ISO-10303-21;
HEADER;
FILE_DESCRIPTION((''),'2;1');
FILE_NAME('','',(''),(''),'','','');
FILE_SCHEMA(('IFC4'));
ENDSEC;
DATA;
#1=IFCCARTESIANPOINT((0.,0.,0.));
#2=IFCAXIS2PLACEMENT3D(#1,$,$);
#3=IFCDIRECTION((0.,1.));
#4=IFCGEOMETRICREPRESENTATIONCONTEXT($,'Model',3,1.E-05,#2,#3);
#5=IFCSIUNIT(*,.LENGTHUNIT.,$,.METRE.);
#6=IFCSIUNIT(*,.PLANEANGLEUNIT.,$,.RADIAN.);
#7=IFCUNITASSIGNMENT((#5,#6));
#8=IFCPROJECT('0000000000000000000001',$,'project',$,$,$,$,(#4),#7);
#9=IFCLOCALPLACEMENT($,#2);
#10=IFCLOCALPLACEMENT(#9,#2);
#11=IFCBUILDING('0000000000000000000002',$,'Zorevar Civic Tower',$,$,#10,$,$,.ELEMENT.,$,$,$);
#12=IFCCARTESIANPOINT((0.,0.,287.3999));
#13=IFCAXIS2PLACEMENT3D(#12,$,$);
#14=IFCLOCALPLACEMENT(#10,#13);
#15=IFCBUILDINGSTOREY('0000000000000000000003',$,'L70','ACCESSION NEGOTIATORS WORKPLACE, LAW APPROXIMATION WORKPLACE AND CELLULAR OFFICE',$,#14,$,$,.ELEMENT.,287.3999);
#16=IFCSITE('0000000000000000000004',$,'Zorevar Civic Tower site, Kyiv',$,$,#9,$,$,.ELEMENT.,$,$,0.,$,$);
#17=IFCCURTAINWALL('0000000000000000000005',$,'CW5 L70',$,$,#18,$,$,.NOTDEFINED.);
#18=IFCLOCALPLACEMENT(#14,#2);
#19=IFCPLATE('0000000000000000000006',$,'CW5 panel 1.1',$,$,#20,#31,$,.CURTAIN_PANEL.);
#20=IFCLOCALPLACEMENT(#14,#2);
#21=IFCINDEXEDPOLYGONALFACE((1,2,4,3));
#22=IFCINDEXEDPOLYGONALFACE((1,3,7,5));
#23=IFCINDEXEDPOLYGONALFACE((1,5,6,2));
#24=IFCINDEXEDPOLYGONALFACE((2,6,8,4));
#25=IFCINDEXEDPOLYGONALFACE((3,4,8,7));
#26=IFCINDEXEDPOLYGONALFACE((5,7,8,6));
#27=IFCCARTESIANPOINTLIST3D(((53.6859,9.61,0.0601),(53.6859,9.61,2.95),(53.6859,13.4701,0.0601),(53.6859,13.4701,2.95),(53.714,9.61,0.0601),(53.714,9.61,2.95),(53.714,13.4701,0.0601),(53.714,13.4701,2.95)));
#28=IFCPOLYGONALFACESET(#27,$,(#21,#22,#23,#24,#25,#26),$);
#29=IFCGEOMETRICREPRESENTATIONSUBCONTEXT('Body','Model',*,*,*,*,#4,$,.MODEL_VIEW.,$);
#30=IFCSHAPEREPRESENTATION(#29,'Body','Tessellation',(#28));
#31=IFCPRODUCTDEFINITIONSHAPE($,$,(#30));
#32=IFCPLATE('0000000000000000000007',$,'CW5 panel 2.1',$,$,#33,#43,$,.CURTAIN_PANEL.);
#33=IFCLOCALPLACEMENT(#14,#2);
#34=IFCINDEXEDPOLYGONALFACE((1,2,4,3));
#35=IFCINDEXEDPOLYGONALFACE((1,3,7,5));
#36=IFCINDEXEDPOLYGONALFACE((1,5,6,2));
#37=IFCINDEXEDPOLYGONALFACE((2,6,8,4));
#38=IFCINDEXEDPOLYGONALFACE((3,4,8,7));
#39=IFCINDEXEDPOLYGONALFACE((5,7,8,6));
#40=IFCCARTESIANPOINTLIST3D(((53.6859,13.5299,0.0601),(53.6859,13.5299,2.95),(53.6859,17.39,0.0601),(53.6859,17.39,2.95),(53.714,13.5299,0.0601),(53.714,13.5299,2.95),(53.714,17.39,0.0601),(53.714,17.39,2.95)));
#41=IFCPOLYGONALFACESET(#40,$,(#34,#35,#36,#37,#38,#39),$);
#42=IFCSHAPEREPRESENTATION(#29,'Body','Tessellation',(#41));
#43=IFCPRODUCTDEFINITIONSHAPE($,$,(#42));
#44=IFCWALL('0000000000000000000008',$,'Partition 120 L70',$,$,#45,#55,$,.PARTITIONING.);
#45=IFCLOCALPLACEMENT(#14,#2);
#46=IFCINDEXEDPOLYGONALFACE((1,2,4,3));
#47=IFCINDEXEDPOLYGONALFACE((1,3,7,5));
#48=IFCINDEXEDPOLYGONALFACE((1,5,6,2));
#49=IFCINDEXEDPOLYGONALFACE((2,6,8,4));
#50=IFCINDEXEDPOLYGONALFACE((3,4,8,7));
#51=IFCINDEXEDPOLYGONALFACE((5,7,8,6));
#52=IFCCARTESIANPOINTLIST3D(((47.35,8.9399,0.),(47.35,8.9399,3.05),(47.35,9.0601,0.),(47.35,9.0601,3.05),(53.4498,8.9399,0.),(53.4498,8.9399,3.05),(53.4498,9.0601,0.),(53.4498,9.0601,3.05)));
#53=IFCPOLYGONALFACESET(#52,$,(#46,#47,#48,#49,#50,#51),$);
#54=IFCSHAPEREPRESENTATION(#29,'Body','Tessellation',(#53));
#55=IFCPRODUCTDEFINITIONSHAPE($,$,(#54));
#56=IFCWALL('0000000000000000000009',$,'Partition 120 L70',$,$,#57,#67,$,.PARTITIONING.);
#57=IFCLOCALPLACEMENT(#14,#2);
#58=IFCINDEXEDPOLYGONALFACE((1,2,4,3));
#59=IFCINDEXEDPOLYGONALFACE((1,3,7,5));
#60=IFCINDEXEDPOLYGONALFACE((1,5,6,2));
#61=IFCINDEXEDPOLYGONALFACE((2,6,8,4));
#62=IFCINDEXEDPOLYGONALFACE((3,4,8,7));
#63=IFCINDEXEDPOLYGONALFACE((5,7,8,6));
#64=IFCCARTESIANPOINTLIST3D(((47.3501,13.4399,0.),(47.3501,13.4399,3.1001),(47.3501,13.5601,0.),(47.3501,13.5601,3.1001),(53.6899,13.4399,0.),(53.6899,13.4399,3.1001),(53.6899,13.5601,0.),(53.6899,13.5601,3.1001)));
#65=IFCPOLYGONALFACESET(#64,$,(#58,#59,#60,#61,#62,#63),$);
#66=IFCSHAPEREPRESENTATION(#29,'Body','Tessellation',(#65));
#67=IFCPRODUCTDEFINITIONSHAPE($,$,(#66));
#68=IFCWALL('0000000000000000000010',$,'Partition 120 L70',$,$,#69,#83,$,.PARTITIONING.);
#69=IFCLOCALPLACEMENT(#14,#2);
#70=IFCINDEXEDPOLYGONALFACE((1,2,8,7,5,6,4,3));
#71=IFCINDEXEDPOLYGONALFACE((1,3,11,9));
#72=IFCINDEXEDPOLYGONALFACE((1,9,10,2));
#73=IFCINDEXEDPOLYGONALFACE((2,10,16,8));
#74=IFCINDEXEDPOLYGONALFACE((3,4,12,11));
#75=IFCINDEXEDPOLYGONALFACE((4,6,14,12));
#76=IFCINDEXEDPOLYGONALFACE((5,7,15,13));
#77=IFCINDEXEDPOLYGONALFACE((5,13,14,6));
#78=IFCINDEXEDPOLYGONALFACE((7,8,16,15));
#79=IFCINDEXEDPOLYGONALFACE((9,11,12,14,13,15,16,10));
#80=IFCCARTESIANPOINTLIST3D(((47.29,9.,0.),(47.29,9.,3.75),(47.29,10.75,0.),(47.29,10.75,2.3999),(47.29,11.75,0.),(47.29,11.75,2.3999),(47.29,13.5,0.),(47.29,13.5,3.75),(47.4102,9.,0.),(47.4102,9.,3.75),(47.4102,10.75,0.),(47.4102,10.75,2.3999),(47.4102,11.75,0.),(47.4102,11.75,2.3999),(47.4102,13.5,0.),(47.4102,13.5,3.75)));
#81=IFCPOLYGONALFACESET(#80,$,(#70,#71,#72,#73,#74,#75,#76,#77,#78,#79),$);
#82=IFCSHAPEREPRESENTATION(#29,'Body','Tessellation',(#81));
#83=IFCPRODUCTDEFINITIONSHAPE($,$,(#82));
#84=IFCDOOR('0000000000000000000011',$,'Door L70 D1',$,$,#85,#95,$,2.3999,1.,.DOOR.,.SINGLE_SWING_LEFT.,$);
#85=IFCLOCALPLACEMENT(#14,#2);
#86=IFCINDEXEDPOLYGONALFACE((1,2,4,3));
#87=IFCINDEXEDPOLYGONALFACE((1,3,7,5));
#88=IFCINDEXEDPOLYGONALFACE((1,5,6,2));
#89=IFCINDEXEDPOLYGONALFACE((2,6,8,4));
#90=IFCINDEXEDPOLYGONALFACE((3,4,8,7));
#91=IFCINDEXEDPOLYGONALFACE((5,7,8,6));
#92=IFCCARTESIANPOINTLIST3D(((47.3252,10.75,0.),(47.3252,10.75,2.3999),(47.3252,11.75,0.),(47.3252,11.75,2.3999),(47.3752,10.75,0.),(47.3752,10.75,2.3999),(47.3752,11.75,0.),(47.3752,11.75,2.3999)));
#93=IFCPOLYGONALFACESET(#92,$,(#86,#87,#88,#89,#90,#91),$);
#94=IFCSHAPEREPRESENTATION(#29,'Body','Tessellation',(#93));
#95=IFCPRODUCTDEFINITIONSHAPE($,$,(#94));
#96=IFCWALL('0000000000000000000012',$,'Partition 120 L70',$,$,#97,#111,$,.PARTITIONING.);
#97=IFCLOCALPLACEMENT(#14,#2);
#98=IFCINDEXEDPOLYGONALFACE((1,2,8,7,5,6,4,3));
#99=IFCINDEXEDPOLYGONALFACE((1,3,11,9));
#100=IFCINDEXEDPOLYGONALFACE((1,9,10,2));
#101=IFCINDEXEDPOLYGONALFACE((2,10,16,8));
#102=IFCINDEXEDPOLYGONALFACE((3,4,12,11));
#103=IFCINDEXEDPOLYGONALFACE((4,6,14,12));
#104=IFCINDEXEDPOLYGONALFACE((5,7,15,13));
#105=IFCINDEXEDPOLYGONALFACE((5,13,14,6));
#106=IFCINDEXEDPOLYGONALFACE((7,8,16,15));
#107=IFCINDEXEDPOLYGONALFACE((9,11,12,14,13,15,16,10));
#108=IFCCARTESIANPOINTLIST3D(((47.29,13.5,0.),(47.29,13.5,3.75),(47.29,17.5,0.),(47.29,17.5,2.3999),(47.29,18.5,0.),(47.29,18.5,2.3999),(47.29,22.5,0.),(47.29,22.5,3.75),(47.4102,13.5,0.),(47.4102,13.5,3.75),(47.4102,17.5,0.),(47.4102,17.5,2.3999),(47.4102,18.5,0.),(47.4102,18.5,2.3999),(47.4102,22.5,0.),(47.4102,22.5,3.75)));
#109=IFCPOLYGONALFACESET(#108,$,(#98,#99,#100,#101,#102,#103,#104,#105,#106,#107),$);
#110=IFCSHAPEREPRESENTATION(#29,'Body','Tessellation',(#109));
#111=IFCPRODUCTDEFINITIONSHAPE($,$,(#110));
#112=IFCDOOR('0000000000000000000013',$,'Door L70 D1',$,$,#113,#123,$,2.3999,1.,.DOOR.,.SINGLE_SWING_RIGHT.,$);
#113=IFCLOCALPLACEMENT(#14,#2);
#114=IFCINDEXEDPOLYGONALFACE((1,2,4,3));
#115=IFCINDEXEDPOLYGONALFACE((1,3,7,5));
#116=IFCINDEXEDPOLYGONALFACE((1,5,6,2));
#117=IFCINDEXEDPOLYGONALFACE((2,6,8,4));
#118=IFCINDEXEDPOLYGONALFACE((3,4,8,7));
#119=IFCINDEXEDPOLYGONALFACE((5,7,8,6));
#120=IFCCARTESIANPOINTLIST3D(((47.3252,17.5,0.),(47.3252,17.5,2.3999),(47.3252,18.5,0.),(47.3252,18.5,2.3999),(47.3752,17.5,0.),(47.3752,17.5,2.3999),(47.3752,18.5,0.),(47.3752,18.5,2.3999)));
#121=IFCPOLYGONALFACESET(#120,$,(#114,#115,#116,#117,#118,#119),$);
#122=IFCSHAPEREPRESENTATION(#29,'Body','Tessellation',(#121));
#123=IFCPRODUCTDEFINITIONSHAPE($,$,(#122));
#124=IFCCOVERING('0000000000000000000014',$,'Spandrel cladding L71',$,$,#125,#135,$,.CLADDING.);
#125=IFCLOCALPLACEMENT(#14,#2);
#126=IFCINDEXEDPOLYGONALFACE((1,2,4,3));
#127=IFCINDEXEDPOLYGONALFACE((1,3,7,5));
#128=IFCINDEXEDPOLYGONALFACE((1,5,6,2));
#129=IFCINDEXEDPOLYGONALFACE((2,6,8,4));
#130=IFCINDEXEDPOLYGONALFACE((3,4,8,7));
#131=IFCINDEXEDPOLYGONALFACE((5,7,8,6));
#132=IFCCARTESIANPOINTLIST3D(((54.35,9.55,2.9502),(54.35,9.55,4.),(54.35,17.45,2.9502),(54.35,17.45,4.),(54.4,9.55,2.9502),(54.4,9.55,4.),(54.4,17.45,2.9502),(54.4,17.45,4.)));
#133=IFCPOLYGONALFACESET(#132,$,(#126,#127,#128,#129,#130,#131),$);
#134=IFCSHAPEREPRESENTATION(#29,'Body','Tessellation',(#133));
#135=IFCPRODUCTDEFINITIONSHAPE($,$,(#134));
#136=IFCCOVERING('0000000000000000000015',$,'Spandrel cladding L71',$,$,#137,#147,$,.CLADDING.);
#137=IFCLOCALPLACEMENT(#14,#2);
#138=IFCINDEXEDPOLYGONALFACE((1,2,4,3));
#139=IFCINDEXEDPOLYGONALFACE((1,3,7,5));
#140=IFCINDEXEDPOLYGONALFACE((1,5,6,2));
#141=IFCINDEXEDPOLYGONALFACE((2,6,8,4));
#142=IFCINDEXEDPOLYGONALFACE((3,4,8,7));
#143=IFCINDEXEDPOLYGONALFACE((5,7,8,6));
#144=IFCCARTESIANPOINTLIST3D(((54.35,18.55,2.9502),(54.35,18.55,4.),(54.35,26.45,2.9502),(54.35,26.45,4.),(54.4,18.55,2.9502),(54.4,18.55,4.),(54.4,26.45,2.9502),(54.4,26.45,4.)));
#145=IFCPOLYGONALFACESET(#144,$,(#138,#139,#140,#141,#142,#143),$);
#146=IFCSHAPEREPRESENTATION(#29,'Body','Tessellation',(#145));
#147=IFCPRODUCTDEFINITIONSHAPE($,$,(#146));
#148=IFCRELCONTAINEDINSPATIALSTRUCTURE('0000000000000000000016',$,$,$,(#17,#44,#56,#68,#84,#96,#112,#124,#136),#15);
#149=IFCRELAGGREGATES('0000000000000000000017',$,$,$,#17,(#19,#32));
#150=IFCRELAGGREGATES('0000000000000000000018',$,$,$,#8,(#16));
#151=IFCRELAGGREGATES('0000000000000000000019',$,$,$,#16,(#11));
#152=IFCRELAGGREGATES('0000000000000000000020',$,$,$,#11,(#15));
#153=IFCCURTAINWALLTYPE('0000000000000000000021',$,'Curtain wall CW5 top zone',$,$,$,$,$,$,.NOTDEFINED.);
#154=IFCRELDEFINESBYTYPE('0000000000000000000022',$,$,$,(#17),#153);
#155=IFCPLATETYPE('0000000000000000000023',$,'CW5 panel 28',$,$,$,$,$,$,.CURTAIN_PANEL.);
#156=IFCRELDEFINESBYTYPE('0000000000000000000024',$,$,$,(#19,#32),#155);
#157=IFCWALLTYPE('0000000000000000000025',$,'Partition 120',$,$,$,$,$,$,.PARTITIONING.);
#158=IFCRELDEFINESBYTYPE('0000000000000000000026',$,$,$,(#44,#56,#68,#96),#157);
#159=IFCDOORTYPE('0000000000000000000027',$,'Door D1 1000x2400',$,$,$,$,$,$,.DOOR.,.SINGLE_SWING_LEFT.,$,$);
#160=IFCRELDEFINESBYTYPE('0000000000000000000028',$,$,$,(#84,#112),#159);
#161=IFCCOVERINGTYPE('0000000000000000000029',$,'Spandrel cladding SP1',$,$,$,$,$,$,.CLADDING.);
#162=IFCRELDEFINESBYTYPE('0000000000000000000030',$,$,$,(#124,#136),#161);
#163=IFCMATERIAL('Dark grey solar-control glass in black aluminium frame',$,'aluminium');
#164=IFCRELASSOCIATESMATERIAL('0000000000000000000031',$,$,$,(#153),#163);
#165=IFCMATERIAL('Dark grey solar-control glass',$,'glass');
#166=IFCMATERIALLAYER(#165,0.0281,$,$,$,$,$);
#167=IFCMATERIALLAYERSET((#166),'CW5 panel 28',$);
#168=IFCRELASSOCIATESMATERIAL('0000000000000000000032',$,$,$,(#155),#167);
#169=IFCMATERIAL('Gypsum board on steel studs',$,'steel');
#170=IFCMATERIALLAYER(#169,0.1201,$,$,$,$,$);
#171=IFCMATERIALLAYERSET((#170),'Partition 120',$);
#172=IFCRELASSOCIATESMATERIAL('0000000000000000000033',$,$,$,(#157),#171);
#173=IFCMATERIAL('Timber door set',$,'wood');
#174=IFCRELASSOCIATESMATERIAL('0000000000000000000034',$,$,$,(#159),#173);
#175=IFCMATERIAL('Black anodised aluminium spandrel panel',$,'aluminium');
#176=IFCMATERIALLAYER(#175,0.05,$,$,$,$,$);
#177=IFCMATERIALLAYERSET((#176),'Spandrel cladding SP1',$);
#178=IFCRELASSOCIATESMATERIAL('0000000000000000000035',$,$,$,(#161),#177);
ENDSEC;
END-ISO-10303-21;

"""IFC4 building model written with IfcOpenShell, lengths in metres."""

from ifc_helpers import new_model, si_unit, direction, frame, frame_2d, origin, origin_2d, place, context, subcontext, project, spatial, rectangle, extrude, material, layer, layer_set, type_object, element, fill, aggregate, save


model = new_model("IFC4")

# Units and contexts
model_context = context("Model", 3, precision=1e-05, world=origin(), true_north=direction((0.0, 1.0)))
body_context = subcontext(model_context, "Body", "Model", "MODEL_VIEW")
ifc_project = project(units=[si_unit("LENGTHUNIT", "METRE"), si_unit("PLANEANGLEUNIT", "RADIAN")], contexts=[model_context])

# Site, building, storey
site_placement = place(None, origin())
site = spatial("IfcSite", under=ifc_project, at=site_placement, Name="Zorevar Civic Tower site, Kyiv", CompositionType="ELEMENT", RefElevation=0.0)
building_placement = place(site_placement, origin())
building = spatial("IfcBuilding", under=site, at=building_placement, Name="Zorevar Civic Tower", CompositionType="ELEMENT")
storey_placement = place(building_placement, frame((0.0, 0.0, 287.3999)))
storey = spatial("IfcBuildingStorey", under=building, at=storey_placement, Name="L70", Description="ACCESSION NEGOTIATORS WORKPLACE, LAW APPROXIMATION WORKPLACE AND CELLULAR OFFICE", CompositionType="ELEMENT", Elevation=287.3999)

# Curtain wall
ifc_material_1 = material(Name="Dark grey solar-control glass in black aluminium frame", Category="aluminium")
curtain_wall_type = type_object("IfcCurtainWallType", Name="Curtain wall CW5 top zone", PredefinedType="NOTDEFINED", material=ifc_material_1)
curtain_wall_1_placement = place(storey_placement, origin())
curtain_wall_1 = element("IfcCurtainWall", 1, at=curtain_wall_1_placement, inside=storey, type_object=curtain_wall_type, Name="CW5 L70", PredefinedType="NOTDEFINED")

# Plates
ifc_material_2 = material(Name="Dark grey solar-control glass", Category="glass")
ifc_layer_1 = layer(ifc_material_2, 0.0281)
ifc_layer_set_1 = layer_set([ifc_layer_1], Name="CW5 panel 28")
plate_type = type_object("IfcPlateType", Name="CW5 panel 28", PredefinedType="CURTAIN_PANEL", material=ifc_layer_set_1)
plate_1_placement = place(storey_placement, frame((53.7, 11.54, 0.0601), z_axis=(0.0, 0.0, 1.0), x_axis=(0.0, 1.0, 0.0)))
plate_1 = element("IfcPlate", 2, at=plate_1_placement, type_object=plate_type, Name="CW5 panel 1.1", PredefinedType="CURTAIN_PANEL", context=body_context, shape_type="SweptSolid", body=[
    extrude(rectangle(XDim=3.8601, YDim=0.0281, at=origin_2d()), origin(), (0.0, 0.0, 1.0), 2.8899),
])
plate_2_placement = place(storey_placement, frame((53.7, 15.46, 0.0601), z_axis=(0.0, 0.0, 1.0), x_axis=(0.0, 1.0, 0.0)))
plate_2 = element("IfcPlate", 3, at=plate_2_placement, type_object=plate_type, Name="CW5 panel 2.1", PredefinedType="CURTAIN_PANEL", context=body_context, shape_type="SweptSolid", body=[
    extrude(rectangle(XDim=3.8601, YDim=0.0281, at=origin_2d()), origin(), (0.0, 0.0, 1.0), 2.8899),
])
aggregate(curtain_wall_1, [plate_1, plate_2])

# Walls
ifc_material_3 = material(Name="Gypsum board on steel studs", Category="steel")
ifc_layer_2 = layer(ifc_material_3, 0.1201)
ifc_layer_set_2 = layer_set([ifc_layer_2], Name="Partition 120")
wall_type_1 = type_object("IfcWallType", Name="Partition 120", PredefinedType="PARTITIONING", material=ifc_layer_set_2)
wall_1_placement = place(storey_placement, frame((47.3501, 9.0, 0.0), z_axis=(0.0, 0.0, 1.0), x_axis=(1.0, 0.0, 0.0)))
element("IfcWall", 4, at=wall_1_placement, inside=storey, type_object=wall_type_1, Name="Partition 120 L70", PredefinedType="PARTITIONING", context=body_context, shape_type="SweptSolid", body=[
    extrude(rectangle(XDim=6.0999, YDim=0.1201, at=frame_2d((3.0498, 0.0))), origin(), (0.0, 0.0, 1.0), 3.05),
])
wall_2_placement = place(storey_placement, frame((47.3501, 13.5, 0.0), z_axis=(0.0, 0.0, 1.0), x_axis=(1.0, 0.0, 0.0)))
element("IfcWall", 5, at=wall_2_placement, inside=storey, type_object=wall_type_1, Name="Partition 120 L70", PredefinedType="PARTITIONING", context=body_context, shape_type="SweptSolid", body=[
    extrude(rectangle(XDim=6.3398, YDim=0.1201, at=frame_2d((3.1699, 0.0))), origin(), (0.0, 0.0, 1.0), 3.1001),
])

# Walls, openings, doors
wall_3_placement = place(storey_placement, frame((47.3501, 9.0, 0.0), z_axis=(0.0, 0.0, 1.0), x_axis=(0.0, 1.0, 0.0)))
wall_3 = element("IfcWall", 6, at=wall_3_placement, inside=storey, type_object=wall_type_1, Name="Partition 120 L70", PredefinedType="PARTITIONING", context=body_context, shape_type="SweptSolid", body=[
    extrude(rectangle(XDim=4.5, YDim=0.1201, at=frame_2d((2.25, 0.0))), origin(), (0.0, 0.0, 1.0), 3.75),
])
opening_1_placement = place(wall_3_placement, frame((1.75, 0.0, 0.0)))
opening_1 = element("IfcOpeningElement", 7, at=opening_1_placement, cuts=wall_3, PredefinedType="OPENING", context=body_context, shape_type="SweptSolid", body=[
    extrude(rectangle(XDim=1.0, YDim=2.3999, at=frame_2d((0.5, 1.2))), frame((0.0, 0.0701, 0.0), z_axis=(0.0, -1.0, 0.0), x_axis=(1.0, 0.0, 0.0)), (0.0, 0.0, 1.0), 0.1401),
])
ifc_material_4 = material(Name="Timber door set", Category="wood")
door_type_1 = type_object("IfcDoorType", Name="Door D1 1000x2400", OperationType="SINGLE_SWING_LEFT", PredefinedType="DOOR", material=ifc_material_4)
door_1_placement = place(opening_1_placement, origin())
door_1 = element("IfcDoor", 8, at=door_1_placement, inside=storey, type_object=door_type_1, Name="Door L70 D1", OperationType="SINGLE_SWING_LEFT", OverallHeight=2.3999, OverallWidth=1.0, PredefinedType="DOOR", context=body_context, shape_type="SweptSolid", body=[
    extrude(rectangle(XDim=1.0, YDim=2.3999, at=frame_2d((0.5, 1.2))), frame((0.0, 0.0249, 0.0), z_axis=(0.0, -1.0, 0.0), x_axis=(1.0, 0.0, 0.0)), (0.0, 0.0, 1.0), 0.05),
])
fill(opening_1, door_1)
wall_4_placement = place(storey_placement, frame((47.3501, 13.5, 0.0), z_axis=(0.0, 0.0, 1.0), x_axis=(0.0, 1.0, 0.0)))
wall_4 = element("IfcWall", 9, at=wall_4_placement, inside=storey, type_object=wall_type_1, Name="Partition 120 L70", PredefinedType="PARTITIONING", context=body_context, shape_type="SweptSolid", body=[
    extrude(rectangle(XDim=9.0, YDim=0.1201, at=frame_2d((4.5, 0.0))), origin(), (0.0, 0.0, 1.0), 3.75),
])
opening_2_placement = place(wall_4_placement, frame((4.0, 0.0, 0.0)))
opening_2 = element("IfcOpeningElement", 10, at=opening_2_placement, cuts=wall_4, PredefinedType="OPENING", context=body_context, shape_type="SweptSolid", body=[
    extrude(rectangle(XDim=1.0, YDim=2.3999, at=frame_2d((0.5, 1.2))), frame((0.0, 0.0701, 0.0), z_axis=(0.0, -1.0, 0.0), x_axis=(1.0, 0.0, 0.0)), (0.0, 0.0, 1.0), 0.1401),
])
door_2_placement = place(opening_2_placement, origin())
door_2 = element("IfcDoor", 11, at=door_2_placement, inside=storey, type_object=door_type_1, Name="Door L70 D1", OperationType="SINGLE_SWING_RIGHT", OverallHeight=2.3999, OverallWidth=1.0, PredefinedType="DOOR", context=body_context, shape_type="SweptSolid", body=[
    extrude(rectangle(XDim=1.0, YDim=2.3999, at=frame_2d((0.5, 1.2))), frame((0.0, 0.0249, 0.0), z_axis=(0.0, -1.0, 0.0), x_axis=(1.0, 0.0, 0.0)), (0.0, 0.0, 1.0), 0.05),
])
fill(opening_2, door_2)

# Coverings
ifc_material_5 = material(Name="Black anodised aluminium spandrel panel", Category="aluminium")
ifc_layer_3 = layer(ifc_material_5, 0.05)
ifc_layer_set_3 = layer_set([ifc_layer_3], Name="Spandrel cladding SP1")
covering_type = type_object("IfcCoveringType", Name="Spandrel cladding SP1", PredefinedType="CLADDING", material=ifc_layer_set_3)
for number, where, z_axis, x_axis, name in (
    (12, (54.375, 9.55, 2.9502), (0.0, 0.0, 1.0), (0.0, 1.0, 0.0), "Spandrel cladding L71"),
    (13, (54.375, 18.55, 2.9502), (0.0, 0.0, 1.0), (0.0, 1.0, 0.0), "Spandrel cladding L71"),
):
    element("IfcCovering", number, at=place(storey_placement, frame(where, z_axis=z_axis, x_axis=x_axis)), inside=storey, type_object=covering_type, Name=name, PredefinedType="CLADDING", context=body_context, shape_type="SweptSolid", body=[
        extrude(rectangle(XDim=7.8999, YDim=0.05, at=frame_2d((3.95, 0.0))), origin(), (0.0, 0.0, 1.0), 1.0498),
    ])

save(model, "model.ifc")
